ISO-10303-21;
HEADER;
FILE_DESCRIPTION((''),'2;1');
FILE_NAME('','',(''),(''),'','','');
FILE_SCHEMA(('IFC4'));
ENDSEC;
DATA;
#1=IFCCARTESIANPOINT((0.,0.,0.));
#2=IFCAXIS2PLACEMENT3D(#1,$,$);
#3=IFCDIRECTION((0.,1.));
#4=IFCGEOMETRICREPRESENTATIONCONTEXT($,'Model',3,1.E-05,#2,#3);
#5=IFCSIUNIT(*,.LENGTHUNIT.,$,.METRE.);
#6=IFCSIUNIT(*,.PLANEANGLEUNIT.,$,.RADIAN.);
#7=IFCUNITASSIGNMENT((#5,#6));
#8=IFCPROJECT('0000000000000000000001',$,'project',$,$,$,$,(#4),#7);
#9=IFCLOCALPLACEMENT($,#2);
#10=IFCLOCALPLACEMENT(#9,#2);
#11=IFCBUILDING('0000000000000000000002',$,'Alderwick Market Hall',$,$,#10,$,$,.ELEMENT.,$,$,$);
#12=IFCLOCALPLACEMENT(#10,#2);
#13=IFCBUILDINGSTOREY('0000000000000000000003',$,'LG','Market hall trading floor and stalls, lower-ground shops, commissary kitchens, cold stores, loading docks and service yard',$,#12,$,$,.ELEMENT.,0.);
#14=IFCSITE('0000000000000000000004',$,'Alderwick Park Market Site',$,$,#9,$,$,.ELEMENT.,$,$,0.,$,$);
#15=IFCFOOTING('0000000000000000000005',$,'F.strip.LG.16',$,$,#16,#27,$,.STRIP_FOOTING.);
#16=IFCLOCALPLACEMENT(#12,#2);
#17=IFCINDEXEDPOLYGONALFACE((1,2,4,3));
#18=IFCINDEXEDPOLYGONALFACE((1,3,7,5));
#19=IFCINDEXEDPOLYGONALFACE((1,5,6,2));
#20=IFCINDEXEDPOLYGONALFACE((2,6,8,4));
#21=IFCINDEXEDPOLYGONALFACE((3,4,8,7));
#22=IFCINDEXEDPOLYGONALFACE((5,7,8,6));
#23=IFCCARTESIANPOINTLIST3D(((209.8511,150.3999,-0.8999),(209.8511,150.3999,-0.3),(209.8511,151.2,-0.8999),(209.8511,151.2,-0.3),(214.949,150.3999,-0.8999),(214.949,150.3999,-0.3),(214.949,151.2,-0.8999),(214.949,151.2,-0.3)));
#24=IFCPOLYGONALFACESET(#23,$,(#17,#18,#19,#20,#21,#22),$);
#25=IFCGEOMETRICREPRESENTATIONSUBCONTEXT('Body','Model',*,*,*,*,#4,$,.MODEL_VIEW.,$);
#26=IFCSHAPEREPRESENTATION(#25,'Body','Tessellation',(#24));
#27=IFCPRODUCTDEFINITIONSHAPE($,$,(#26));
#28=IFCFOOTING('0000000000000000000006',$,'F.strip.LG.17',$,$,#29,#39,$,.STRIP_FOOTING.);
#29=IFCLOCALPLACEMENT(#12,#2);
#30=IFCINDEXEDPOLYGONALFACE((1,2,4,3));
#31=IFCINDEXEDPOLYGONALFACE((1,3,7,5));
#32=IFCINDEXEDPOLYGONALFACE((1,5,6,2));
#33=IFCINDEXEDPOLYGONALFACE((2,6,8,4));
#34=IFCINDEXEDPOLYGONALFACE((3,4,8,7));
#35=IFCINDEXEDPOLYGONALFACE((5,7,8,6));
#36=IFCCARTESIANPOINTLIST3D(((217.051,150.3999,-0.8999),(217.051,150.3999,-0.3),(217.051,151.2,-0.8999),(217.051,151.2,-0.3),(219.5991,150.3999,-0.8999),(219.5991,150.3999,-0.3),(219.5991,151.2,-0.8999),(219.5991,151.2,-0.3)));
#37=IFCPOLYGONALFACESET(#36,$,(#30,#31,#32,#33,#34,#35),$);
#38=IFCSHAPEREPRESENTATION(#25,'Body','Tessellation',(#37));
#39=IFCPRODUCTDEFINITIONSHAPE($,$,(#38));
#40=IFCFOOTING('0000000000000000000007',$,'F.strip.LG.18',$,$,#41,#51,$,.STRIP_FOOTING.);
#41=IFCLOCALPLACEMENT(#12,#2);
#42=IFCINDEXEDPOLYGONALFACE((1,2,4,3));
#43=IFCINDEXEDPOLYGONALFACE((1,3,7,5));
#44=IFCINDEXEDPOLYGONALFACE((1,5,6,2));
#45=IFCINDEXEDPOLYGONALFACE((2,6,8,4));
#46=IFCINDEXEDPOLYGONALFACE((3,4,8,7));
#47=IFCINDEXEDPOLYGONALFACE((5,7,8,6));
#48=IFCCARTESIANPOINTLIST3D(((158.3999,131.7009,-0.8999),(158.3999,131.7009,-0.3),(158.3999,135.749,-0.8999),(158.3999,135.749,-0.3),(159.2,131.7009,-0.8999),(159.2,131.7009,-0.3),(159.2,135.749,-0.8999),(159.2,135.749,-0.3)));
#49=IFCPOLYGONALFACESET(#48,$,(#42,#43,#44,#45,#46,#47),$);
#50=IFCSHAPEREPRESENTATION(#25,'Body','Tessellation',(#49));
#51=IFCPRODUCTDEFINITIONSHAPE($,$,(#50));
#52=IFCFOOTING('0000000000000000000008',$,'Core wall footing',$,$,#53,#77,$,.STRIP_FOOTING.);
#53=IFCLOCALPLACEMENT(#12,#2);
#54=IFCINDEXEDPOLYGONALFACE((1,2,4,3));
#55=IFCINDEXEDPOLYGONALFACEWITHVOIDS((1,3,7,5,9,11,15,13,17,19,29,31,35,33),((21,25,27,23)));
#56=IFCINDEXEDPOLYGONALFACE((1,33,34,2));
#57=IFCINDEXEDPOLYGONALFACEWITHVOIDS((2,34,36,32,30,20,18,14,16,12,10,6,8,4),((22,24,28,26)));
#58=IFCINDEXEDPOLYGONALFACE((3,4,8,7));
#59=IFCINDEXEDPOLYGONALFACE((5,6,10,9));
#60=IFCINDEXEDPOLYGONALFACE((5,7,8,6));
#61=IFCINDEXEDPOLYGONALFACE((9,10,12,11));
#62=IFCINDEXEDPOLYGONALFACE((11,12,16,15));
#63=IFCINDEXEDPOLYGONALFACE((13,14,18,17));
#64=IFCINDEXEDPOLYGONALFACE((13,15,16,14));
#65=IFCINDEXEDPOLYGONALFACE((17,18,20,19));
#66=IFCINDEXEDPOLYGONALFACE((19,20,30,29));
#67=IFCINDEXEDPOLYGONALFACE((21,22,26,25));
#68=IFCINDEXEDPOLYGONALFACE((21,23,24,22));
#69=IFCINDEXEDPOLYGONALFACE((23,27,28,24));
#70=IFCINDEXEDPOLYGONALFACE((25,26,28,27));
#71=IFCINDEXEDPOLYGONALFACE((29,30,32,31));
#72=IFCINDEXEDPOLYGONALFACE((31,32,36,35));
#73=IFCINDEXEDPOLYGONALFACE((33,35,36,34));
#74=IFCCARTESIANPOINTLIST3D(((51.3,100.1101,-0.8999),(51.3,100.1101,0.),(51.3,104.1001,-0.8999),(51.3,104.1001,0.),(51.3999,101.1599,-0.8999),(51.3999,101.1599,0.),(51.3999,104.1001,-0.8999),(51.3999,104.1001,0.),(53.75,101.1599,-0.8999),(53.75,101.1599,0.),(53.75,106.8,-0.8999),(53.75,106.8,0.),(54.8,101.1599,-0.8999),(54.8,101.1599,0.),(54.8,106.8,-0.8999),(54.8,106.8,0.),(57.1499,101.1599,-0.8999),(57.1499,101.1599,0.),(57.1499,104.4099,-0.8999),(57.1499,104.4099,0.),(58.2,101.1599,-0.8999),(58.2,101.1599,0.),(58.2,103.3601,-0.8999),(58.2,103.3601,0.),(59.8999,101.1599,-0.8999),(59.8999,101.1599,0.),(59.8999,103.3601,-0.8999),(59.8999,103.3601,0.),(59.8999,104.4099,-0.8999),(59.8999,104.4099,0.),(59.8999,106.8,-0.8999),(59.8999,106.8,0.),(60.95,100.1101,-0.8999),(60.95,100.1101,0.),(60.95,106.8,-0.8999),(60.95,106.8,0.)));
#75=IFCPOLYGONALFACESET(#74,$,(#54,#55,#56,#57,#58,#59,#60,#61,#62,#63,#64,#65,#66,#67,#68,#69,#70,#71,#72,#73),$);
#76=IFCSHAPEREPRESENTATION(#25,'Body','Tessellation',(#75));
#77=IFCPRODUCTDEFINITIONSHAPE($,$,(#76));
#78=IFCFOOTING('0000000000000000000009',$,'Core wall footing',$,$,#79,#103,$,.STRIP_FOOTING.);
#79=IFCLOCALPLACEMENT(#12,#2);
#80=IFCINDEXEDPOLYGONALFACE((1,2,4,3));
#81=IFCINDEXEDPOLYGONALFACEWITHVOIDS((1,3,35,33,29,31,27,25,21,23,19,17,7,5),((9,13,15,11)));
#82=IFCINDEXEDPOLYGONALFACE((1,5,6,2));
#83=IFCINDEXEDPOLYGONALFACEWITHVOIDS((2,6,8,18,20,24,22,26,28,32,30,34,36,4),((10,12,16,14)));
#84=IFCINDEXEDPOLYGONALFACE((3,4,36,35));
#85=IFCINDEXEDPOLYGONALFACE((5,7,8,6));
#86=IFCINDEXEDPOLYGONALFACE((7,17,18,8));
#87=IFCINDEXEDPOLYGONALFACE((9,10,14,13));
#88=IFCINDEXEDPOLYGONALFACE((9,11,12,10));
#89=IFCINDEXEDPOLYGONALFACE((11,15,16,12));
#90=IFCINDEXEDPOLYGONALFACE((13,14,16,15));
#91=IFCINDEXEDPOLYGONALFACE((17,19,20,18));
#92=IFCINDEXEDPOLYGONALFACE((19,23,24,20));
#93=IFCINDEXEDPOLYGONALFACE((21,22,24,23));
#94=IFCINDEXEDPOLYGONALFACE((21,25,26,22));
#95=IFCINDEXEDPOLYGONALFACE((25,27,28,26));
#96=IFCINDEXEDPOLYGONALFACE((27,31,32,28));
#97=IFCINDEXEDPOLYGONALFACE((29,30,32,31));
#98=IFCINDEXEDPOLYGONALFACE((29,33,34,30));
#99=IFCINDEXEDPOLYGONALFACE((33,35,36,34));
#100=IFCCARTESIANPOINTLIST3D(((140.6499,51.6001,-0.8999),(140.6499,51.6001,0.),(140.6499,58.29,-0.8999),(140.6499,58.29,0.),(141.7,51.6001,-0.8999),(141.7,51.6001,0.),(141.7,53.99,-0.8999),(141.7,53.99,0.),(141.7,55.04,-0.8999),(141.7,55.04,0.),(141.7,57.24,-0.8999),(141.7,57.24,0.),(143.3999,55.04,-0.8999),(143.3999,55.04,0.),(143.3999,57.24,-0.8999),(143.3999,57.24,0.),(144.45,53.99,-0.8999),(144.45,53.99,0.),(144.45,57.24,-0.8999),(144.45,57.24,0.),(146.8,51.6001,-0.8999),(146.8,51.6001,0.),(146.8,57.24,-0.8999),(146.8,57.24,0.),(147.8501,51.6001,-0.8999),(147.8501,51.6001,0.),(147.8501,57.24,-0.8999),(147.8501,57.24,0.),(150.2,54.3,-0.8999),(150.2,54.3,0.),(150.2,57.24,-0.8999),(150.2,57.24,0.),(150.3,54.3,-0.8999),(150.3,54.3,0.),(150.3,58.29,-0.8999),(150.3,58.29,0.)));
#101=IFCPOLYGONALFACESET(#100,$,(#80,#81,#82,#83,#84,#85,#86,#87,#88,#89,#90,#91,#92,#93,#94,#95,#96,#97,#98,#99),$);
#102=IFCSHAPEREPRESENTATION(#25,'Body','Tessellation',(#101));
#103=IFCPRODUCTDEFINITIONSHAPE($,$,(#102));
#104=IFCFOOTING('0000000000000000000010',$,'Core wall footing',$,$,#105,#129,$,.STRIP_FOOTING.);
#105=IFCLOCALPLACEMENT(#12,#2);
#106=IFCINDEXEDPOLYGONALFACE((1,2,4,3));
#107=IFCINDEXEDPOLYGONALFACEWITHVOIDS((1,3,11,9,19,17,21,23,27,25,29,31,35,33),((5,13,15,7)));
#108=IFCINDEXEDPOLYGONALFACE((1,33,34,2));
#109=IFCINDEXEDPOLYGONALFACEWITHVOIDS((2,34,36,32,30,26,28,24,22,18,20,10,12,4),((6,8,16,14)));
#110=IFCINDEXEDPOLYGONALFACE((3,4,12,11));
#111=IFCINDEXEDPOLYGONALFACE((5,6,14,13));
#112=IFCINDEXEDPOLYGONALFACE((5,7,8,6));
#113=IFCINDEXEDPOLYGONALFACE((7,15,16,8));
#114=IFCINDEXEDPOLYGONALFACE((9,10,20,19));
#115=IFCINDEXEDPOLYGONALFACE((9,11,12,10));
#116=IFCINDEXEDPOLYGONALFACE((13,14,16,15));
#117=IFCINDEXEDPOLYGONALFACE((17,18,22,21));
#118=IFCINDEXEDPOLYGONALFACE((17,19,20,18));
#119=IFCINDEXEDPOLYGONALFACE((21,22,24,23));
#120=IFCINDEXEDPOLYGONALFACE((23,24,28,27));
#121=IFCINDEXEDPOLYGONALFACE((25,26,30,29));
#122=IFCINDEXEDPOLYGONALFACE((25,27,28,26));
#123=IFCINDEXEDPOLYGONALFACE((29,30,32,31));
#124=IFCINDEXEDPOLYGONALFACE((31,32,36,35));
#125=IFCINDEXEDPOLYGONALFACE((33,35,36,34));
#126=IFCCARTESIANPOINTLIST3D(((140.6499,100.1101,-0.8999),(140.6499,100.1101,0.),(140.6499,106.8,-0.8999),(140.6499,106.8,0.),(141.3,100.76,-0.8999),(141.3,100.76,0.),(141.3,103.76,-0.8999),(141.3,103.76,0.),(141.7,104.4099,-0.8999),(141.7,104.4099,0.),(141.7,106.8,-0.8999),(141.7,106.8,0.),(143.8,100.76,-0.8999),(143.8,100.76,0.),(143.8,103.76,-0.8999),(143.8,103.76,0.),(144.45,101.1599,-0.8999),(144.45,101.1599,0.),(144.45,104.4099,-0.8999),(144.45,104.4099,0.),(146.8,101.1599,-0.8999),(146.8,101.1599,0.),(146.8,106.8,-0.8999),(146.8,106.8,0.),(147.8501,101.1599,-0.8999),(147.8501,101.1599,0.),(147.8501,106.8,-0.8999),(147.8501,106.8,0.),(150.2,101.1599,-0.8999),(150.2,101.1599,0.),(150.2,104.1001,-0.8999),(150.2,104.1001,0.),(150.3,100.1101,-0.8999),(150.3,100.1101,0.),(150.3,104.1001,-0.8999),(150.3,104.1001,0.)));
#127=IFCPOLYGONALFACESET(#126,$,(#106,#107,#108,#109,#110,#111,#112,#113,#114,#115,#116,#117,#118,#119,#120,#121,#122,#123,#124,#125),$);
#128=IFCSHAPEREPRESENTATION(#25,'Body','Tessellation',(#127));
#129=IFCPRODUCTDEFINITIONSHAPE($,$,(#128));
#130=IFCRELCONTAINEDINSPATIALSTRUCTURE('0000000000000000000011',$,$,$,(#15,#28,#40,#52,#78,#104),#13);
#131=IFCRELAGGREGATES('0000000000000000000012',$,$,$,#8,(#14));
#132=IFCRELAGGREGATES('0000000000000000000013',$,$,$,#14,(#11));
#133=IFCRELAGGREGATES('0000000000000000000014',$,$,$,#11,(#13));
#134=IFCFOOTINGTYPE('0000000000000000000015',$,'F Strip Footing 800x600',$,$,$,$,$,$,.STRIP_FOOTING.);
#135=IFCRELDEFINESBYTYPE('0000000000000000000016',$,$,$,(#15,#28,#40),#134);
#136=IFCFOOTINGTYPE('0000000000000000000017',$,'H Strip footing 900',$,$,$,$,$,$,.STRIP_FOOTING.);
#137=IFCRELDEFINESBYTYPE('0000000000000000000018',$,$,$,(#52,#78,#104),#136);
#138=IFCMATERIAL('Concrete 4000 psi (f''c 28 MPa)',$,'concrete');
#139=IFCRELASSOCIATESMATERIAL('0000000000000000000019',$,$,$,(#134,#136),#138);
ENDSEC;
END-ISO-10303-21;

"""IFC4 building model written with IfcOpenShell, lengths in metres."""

from ifc_helpers import new_model, si_unit, direction, frame, origin, place, context, subcontext, project, spatial, polyline, outline, extrude, material, type_object, element, save


model = new_model("IFC4")

# Units and contexts
model_context = context("Model", 3, precision=1e-05, world=origin(), true_north=direction((0.0, 1.0)))
body_context = subcontext(model_context, "Body", "Model", "MODEL_VIEW")
ifc_project = project(units=[si_unit("LENGTHUNIT", "METRE"), si_unit("PLANEANGLEUNIT", "RADIAN")], contexts=[model_context])

# Site, building, storey
site_placement = place(None, origin())
site = spatial("IfcSite", under=ifc_project, at=site_placement, Name="Alderwick Park Market Site", CompositionType="ELEMENT", RefElevation=0.0)
building_placement = place(site_placement, origin())
building = spatial("IfcBuilding", under=site, at=building_placement, Name="Alderwick Market Hall", CompositionType="ELEMENT")
storey_placement = place(building_placement, origin())
storey = spatial("IfcBuildingStorey", under=building, at=storey_placement, Name="LG", Description="Market hall trading floor and stalls, lower-ground shops, commissary kitchens, cold stores, loading docks and service yard", CompositionType="ELEMENT", Elevation=0.0)

# Footings
ifc_material = material(Name="Concrete 4000 psi (f'c 28 MPa)", Category="concrete")
footing_type_1 = type_object("IfcFootingType", Name="F Strip Footing 800x600", PredefinedType="STRIP_FOOTING", material=ifc_material)
footing_1_placement = place(storey_placement, frame((0.0, 0.0, -0.8999)))
element("IfcFooting", 1, at=footing_1_placement, inside=storey, type_object=footing_type_1, Name="F.strip.LG.16", PredefinedType="STRIP_FOOTING", context=body_context, shape_type="SweptSolid", body=[
    extrude(outline(polyline([(209.8511, 150.3999), (214.949, 150.3999), (214.949, 151.2), (209.8511, 151.2), (209.8511, 150.3999)])), origin(), (0.0, 0.0, 1.0), 0.5999),
])
footing_2_placement = place(storey_placement, frame((0.0, 0.0, -0.8999)))
element("IfcFooting", 2, at=footing_2_placement, inside=storey, type_object=footing_type_1, Name="F.strip.LG.17", PredefinedType="STRIP_FOOTING", context=body_context, shape_type="SweptSolid", body=[
    extrude(outline(polyline([(217.051, 150.3999), (219.5991, 150.3999), (219.5991, 151.2), (217.051, 151.2), (217.051, 150.3999)])), origin(), (0.0, 0.0, 1.0), 0.5999),
])
footing_3_placement = place(storey_placement, frame((0.0, 0.0, -0.8999)))
element("IfcFooting", 3, at=footing_3_placement, inside=storey, type_object=footing_type_1, Name="F.strip.LG.18", PredefinedType="STRIP_FOOTING", context=body_context, shape_type="SweptSolid", body=[
    extrude(outline(polyline([(158.3999, 131.7009), (159.2, 131.7009), (159.2, 135.749), (158.3999, 135.749), (158.3999, 131.7009)])), origin(), (0.0, 0.0, 1.0), 0.5999),
])
footing_type_2 = type_object("IfcFootingType", Name="H Strip footing 900", PredefinedType="STRIP_FOOTING", material=ifc_material)
footing_4_placement = place(storey_placement, frame((0.0, 0.0, -0.8999)))
element("IfcFooting", 4, at=footing_4_placement, inside=storey, type_object=footing_type_2, Name="Core wall footing", PredefinedType="STRIP_FOOTING", context=body_context, shape_type="SweptSolid", body=[
    extrude(outline(polyline([(53.75, 101.1599), (53.75, 106.8), (54.8, 106.8), (54.8, 101.1599), (57.1499, 101.1599), (57.1499, 104.4099), (59.8999, 104.4099), (59.8999, 106.8), (60.95, 106.8), (60.95, 100.1101), (51.3, 100.1101), (51.3, 104.1001), (51.3999, 104.1001), (51.3999, 101.1599), (53.75, 101.1599)]), holes=[polyline([(58.2, 103.3601), (58.2, 101.1599), (59.8999, 101.1599), (59.8999, 103.3601), (58.2, 103.3601)])]), origin(), (0.0, 0.0, 1.0), 0.8999),
])
footing_5_placement = place(storey_placement, frame((0.0, 0.0, -0.8999)))
element("IfcFooting", 5, at=footing_5_placement, inside=storey, type_object=footing_type_2, Name="Core wall footing", PredefinedType="STRIP_FOOTING", context=body_context, shape_type="SweptSolid", body=[
    extrude(outline(polyline([(150.3, 54.3), (150.2, 54.3), (150.2, 57.24), (147.8501, 57.24), (147.8501, 51.6001), (146.8, 51.6001), (146.8, 57.24), (144.45, 57.24), (144.45, 53.99), (141.7, 53.99), (141.7, 51.6001), (140.6499, 51.6001), (140.6499, 58.29), (150.3, 58.29), (150.3, 54.3)]), holes=[polyline([(141.7, 57.24), (141.7, 55.04), (143.3999, 55.04), (143.3999, 57.24), (141.7, 57.24)])]), origin(), (0.0, 0.0, 1.0), 0.8999),
])
footing_6_placement = place(storey_placement, frame((0.0, 0.0, -0.8999)))
element("IfcFooting", 6, at=footing_6_placement, inside=storey, type_object=footing_type_2, Name="Core wall footing", PredefinedType="STRIP_FOOTING", context=body_context, shape_type="SweptSolid", body=[
    extrude(outline(polyline([(144.45, 104.4099), (144.45, 101.1599), (146.8, 101.1599), (146.8, 106.8), (147.8501, 106.8), (147.8501, 101.1599), (150.2, 101.1599), (150.2, 104.1001), (150.3, 104.1001), (150.3, 100.1101), (140.6499, 100.1101), (140.6499, 106.8), (141.7, 106.8), (141.7, 104.4099), (144.45, 104.4099)]), holes=[polyline([(143.8, 103.76), (141.3, 103.76), (141.3, 100.76), (143.8, 100.76), (143.8, 103.76)])]), origin(), (0.0, 0.0, 1.0), 0.8999),
])

save(model, "model.ifc")
